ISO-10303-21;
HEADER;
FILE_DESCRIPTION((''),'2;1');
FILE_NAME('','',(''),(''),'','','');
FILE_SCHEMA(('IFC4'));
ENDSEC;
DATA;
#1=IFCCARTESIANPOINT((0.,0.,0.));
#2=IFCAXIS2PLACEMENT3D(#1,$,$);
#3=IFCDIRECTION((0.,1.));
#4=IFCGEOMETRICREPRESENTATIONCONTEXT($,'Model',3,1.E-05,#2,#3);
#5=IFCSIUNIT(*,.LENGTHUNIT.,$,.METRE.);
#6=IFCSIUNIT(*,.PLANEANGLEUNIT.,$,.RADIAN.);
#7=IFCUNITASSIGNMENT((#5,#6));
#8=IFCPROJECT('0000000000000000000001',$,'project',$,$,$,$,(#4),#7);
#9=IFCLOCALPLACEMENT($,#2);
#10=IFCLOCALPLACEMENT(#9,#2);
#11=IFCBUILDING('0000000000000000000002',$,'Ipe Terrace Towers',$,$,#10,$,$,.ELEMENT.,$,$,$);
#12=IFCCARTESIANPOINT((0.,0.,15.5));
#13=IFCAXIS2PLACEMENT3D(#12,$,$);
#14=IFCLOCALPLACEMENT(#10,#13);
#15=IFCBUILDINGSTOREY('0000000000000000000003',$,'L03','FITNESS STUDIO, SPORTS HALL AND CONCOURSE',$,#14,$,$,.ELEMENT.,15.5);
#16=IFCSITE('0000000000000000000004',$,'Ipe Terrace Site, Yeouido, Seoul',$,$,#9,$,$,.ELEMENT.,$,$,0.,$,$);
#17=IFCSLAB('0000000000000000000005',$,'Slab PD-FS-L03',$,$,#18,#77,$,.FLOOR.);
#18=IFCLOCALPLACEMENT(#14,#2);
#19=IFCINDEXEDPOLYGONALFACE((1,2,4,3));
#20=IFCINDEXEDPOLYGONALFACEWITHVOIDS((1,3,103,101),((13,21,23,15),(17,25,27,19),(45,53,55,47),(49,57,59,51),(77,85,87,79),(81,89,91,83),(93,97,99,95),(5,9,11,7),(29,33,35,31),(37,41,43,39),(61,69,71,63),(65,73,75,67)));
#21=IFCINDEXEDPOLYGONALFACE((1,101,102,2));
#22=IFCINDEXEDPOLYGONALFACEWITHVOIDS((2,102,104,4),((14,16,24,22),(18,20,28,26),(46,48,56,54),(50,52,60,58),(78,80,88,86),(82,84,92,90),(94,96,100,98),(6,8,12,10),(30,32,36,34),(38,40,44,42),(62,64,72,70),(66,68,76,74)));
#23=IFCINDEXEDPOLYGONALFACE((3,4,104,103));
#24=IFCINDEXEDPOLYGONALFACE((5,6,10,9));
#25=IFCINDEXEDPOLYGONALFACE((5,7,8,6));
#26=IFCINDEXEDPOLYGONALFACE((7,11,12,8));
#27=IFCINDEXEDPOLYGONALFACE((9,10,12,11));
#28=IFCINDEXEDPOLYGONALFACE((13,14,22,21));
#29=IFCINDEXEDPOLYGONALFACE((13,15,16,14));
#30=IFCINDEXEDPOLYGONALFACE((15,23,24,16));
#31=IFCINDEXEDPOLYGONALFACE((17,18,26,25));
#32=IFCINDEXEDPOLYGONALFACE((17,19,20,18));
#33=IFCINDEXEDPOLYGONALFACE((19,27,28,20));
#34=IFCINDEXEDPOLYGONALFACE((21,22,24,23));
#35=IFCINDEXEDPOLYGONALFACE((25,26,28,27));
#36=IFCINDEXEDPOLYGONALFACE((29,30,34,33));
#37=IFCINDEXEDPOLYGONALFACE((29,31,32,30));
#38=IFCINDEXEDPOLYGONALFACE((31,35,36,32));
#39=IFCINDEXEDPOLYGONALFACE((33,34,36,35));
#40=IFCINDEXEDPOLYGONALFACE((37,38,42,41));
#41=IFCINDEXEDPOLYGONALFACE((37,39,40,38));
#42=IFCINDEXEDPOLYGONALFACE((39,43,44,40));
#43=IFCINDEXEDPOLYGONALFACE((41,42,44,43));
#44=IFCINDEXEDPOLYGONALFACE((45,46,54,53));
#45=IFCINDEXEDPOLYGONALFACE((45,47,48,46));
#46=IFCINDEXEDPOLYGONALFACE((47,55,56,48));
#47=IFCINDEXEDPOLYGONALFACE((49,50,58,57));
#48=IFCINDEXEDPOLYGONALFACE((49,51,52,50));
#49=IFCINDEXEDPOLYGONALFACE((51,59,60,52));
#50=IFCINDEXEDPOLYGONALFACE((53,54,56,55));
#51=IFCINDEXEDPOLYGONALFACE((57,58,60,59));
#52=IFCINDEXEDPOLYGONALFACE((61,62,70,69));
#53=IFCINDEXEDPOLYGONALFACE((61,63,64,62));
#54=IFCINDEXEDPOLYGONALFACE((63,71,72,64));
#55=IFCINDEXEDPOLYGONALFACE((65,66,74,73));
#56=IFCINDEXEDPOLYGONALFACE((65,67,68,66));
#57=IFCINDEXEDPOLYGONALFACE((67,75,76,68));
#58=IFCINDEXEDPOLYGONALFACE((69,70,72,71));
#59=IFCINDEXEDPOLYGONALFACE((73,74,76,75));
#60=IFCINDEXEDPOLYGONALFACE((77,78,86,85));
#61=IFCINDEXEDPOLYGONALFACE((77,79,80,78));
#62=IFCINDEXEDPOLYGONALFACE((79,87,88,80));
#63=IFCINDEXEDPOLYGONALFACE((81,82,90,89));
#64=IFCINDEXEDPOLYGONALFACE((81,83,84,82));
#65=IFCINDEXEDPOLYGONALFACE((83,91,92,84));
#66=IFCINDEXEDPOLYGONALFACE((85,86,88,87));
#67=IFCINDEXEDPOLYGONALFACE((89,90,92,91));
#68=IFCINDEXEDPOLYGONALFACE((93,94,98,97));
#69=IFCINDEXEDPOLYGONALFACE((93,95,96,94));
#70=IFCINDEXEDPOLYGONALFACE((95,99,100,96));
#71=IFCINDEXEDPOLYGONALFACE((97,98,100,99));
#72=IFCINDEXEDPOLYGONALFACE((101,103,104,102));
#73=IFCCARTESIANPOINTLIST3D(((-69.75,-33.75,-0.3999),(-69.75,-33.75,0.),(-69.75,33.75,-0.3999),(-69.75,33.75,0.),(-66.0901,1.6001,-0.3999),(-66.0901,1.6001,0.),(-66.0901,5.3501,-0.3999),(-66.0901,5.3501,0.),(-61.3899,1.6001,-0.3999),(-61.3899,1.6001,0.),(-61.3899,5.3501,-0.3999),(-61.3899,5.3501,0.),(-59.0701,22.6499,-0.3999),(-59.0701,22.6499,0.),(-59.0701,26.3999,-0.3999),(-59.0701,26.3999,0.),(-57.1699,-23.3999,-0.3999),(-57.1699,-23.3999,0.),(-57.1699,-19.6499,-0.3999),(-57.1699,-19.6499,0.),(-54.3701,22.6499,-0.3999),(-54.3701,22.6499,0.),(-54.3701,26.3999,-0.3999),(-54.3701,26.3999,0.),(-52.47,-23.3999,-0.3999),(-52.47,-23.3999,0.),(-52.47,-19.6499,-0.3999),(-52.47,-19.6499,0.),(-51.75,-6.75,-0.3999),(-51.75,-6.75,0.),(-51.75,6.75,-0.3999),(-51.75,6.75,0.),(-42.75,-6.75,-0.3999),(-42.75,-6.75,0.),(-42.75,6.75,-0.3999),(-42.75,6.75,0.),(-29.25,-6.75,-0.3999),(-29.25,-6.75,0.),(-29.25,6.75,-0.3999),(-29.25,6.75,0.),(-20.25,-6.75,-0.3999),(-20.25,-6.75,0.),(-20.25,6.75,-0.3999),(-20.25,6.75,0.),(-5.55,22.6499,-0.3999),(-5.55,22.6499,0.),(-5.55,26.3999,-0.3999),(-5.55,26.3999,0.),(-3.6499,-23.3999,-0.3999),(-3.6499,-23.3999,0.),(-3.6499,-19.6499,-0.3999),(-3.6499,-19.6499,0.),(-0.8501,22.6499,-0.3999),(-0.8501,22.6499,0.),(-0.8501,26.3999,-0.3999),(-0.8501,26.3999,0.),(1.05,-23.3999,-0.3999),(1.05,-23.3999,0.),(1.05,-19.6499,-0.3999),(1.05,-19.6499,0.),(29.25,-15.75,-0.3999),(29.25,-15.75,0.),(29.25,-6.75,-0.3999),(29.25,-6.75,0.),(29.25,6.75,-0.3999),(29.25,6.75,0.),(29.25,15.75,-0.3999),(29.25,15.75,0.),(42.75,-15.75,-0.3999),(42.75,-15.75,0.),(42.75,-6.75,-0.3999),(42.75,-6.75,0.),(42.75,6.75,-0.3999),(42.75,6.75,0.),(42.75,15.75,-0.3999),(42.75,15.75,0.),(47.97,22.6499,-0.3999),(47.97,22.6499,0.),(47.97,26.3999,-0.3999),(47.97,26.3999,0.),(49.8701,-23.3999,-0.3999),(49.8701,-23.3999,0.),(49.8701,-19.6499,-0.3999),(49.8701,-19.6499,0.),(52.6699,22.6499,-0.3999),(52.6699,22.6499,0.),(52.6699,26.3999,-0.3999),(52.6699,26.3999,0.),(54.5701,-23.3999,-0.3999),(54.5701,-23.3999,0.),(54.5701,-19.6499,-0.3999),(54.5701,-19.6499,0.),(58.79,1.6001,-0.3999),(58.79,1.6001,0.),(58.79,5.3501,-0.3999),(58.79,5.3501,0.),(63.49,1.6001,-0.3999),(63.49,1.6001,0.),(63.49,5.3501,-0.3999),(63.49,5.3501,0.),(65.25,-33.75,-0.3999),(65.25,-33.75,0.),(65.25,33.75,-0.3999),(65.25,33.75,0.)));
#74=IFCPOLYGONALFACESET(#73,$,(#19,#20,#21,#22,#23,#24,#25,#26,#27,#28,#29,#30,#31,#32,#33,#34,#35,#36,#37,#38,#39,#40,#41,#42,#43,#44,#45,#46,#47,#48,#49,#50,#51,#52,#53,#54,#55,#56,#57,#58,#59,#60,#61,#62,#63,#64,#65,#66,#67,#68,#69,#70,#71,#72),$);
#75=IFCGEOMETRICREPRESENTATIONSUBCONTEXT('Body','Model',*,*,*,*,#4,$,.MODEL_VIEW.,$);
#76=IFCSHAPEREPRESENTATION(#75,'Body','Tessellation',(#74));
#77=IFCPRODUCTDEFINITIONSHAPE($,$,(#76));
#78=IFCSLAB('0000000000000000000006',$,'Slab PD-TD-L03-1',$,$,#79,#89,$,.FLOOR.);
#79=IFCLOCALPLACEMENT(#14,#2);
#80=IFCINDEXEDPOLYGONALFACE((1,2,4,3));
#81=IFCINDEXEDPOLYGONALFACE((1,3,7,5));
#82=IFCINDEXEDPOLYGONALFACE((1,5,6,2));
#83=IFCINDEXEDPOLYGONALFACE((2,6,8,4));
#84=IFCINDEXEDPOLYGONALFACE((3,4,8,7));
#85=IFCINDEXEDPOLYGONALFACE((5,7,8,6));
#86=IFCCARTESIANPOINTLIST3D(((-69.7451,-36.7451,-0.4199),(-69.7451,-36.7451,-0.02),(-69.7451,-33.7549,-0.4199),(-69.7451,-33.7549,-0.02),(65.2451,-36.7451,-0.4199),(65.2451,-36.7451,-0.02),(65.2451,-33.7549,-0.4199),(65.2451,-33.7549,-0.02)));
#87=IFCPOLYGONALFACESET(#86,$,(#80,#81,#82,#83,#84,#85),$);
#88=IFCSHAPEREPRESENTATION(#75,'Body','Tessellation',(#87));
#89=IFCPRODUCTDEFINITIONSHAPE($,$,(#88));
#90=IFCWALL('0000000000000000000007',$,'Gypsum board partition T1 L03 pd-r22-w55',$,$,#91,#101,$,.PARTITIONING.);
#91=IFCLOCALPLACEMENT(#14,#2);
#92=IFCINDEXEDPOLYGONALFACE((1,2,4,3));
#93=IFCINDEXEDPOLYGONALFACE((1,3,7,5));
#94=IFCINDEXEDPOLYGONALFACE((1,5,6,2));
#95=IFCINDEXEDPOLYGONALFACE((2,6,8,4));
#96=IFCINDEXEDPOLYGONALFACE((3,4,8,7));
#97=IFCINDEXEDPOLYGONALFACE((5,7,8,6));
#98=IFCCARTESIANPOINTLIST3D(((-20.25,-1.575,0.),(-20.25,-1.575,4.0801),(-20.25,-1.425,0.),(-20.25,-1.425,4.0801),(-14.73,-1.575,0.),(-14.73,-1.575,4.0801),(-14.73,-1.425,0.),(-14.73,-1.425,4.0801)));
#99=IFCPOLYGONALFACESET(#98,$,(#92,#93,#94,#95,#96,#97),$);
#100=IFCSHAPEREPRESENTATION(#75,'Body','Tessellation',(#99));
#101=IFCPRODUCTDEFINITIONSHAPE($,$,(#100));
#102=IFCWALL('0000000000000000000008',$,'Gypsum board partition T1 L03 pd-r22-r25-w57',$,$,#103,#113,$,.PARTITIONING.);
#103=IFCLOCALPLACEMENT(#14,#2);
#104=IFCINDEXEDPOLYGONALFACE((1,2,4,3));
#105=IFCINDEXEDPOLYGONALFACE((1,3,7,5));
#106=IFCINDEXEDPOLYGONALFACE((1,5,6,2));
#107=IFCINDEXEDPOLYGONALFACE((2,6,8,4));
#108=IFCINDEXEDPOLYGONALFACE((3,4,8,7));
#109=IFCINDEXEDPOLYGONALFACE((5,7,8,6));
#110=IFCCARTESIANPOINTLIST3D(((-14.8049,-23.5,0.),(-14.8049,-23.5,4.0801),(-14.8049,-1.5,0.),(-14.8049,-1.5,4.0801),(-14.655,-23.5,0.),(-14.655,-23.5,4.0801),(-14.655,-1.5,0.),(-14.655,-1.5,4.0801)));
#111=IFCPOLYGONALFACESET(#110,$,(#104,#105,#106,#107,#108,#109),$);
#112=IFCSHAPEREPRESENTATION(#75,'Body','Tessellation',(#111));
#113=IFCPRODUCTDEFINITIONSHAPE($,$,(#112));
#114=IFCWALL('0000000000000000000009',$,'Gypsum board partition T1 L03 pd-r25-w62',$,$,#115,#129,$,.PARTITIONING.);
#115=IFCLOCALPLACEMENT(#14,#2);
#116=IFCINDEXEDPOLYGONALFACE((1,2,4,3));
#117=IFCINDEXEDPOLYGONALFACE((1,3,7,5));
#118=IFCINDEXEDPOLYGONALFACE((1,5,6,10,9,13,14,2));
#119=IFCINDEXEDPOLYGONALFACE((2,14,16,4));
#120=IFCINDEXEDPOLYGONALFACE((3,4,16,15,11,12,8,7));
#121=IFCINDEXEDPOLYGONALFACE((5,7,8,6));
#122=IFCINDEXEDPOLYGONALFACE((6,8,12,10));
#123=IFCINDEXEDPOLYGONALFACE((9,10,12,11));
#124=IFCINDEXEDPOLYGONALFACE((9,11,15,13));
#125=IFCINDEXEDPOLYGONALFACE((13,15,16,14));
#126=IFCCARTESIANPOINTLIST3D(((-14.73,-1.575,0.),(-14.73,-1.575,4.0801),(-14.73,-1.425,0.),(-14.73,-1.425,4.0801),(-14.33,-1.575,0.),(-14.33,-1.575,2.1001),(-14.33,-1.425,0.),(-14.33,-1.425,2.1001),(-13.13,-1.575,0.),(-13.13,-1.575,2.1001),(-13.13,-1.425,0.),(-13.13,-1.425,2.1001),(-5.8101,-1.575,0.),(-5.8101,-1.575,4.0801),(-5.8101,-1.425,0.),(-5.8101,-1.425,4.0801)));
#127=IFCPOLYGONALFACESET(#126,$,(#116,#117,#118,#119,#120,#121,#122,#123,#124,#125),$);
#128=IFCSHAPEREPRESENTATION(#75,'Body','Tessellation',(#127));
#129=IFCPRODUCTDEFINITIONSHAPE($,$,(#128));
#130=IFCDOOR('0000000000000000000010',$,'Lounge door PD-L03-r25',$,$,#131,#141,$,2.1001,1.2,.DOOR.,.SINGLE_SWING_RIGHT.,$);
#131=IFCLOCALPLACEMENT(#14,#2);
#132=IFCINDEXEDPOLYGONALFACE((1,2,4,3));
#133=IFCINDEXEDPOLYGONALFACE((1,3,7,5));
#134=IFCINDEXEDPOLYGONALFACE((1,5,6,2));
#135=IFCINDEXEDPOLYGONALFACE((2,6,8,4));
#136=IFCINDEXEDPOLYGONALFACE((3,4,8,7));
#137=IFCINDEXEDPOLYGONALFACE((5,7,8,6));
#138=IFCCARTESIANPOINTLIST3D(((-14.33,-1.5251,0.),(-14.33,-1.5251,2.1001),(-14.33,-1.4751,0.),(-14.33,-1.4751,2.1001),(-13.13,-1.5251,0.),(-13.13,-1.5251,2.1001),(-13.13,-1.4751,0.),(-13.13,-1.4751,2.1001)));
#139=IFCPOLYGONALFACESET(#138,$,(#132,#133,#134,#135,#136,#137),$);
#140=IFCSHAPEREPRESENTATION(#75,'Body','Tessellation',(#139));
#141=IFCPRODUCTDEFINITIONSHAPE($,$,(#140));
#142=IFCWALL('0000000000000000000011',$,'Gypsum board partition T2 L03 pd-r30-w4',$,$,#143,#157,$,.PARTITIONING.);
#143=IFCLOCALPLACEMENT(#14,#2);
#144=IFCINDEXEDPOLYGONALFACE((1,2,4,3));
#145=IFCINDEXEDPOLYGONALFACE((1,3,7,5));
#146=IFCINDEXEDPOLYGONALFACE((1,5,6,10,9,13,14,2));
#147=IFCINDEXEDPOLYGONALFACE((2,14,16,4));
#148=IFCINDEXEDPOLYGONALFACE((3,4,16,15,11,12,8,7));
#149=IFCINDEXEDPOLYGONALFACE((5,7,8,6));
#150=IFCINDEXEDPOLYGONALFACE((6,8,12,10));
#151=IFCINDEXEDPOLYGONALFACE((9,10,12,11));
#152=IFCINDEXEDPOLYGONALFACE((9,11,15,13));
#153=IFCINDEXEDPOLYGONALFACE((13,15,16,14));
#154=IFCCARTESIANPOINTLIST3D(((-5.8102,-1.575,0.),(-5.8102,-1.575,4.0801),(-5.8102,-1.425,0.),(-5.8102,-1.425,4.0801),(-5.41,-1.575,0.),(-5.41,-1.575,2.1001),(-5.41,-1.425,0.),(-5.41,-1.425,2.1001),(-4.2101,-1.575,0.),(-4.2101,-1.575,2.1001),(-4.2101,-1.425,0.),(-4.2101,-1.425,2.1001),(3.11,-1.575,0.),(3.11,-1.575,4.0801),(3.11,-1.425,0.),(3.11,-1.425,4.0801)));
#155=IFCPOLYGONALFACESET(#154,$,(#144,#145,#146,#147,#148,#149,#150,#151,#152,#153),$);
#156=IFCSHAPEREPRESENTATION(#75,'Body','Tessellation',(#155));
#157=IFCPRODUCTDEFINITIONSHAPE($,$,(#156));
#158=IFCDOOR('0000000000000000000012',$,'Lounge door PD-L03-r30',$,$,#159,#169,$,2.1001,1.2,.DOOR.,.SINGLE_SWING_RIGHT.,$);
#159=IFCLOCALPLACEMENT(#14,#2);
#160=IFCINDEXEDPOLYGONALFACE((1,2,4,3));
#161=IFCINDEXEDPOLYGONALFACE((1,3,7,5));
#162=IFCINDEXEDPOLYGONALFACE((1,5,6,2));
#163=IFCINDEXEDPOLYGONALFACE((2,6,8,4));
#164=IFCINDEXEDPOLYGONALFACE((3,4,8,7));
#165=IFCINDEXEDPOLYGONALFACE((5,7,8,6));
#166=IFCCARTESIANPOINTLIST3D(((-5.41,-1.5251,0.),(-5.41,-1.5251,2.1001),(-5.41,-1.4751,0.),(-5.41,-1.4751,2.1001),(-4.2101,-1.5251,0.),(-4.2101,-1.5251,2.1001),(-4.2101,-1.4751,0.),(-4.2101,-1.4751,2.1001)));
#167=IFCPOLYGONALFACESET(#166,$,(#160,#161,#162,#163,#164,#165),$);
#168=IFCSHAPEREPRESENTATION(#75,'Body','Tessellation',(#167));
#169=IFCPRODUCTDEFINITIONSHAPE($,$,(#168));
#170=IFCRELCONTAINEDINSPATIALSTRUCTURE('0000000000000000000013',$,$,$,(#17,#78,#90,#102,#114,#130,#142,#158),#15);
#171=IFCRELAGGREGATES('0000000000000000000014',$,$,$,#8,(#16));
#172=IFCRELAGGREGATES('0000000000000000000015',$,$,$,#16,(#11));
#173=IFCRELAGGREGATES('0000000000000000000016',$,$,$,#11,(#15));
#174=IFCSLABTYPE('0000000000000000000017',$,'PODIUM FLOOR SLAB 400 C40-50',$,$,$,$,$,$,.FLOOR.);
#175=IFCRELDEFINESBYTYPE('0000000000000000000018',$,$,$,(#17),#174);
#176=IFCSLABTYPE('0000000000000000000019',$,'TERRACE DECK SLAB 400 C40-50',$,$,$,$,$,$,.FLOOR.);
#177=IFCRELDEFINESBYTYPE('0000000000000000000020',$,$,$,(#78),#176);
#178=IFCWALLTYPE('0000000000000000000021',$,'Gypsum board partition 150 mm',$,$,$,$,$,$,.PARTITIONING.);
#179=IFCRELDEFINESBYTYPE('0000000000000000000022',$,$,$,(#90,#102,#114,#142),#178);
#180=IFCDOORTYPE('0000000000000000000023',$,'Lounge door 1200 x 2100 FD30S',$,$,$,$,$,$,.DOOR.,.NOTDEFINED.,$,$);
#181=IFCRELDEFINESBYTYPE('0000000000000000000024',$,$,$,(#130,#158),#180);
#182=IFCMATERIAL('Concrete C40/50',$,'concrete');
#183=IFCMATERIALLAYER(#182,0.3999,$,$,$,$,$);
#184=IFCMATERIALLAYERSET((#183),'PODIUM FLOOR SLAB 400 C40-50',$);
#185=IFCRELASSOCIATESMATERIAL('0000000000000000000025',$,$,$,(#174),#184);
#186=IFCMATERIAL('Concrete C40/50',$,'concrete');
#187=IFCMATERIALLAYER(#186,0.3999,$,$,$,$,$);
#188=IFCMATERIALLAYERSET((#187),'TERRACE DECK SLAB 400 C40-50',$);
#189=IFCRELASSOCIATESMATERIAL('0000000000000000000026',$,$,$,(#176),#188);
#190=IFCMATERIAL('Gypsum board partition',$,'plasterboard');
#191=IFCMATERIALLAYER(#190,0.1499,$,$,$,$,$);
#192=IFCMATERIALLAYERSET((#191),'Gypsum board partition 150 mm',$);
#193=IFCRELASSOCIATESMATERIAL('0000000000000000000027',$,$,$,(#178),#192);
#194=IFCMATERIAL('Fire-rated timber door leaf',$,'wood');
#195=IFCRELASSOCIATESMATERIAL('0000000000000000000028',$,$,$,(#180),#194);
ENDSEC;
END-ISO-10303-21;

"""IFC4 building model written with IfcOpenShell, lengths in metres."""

from ifc_helpers import new_model, si_unit, direction, frame, frame_2d, origin, place, context, subcontext, project, spatial, polyline, rectangle, outline, extrude, material, layer, layer_set, type_object, element, fill, save


model = new_model("IFC4")

# Units and contexts
model_context = context("Model", 3, precision=1e-05, world=origin(), true_north=direction((0.0, 1.0)))
body_context = subcontext(model_context, "Body", "Model", "MODEL_VIEW")
ifc_project = project(units=[si_unit("LENGTHUNIT", "METRE"), si_unit("PLANEANGLEUNIT", "RADIAN")], contexts=[model_context])

# Site, building, storey
site_placement = place(None, origin())
site = spatial("IfcSite", under=ifc_project, at=site_placement, Name="Ipe Terrace Site, Yeouido, Seoul", CompositionType="ELEMENT", RefElevation=0.0)
building_placement = place(site_placement, origin())
building = spatial("IfcBuilding", under=site, at=building_placement, Name="Ipe Terrace Towers", CompositionType="ELEMENT")
storey_placement = place(building_placement, frame((0.0, 0.0, 15.5)))
storey = spatial("IfcBuildingStorey", under=building, at=storey_placement, Name="L03", Description="FITNESS STUDIO, SPORTS HALL AND CONCOURSE", CompositionType="ELEMENT", Elevation=15.5)

# Slabs
ifc_material_1 = material(Name="Concrete C40/50", Category="concrete")
ifc_layer_1 = layer(ifc_material_1, 0.3999)
ifc_layer_set_1 = layer_set([ifc_layer_1], Name="PODIUM FLOOR SLAB 400 C40-50")
slab_type_1 = type_object("IfcSlabType", Name="PODIUM FLOOR SLAB 400 C40-50", PredefinedType="FLOOR", material=ifc_layer_set_1)
slab_1_placement = place(storey_placement, frame((0.0, 0.0, -0.3999)))
element("IfcSlab", 1, at=slab_1_placement, inside=storey, type_object=slab_type_1, Name="Slab PD-FS-L03", PredefinedType="FLOOR", context=body_context, shape_type="SweptSolid", body=[
    extrude(outline(polyline([(-69.75, -33.75), (-69.75, 33.75), (65.25, 33.75), (65.25, -33.75), (-69.75, -33.75)]), holes=[polyline([(-20.25, -6.75), (-20.25, 6.75), (-29.25, 6.75), (-29.25, -6.75), (-20.25, -6.75)]), polyline([(-51.75, -6.75), (-42.75, -6.75), (-42.75, 6.75), (-51.75, 6.75), (-51.75, -6.75)]), polyline([(29.25, 15.75), (29.25, 6.75), (42.75, 6.75), (42.75, 15.75), (29.25, 15.75)]), polyline([(42.75, -6.75), (29.25, -6.75), (29.25, -15.75), (42.75, -15.75), (42.75, -6.75)]), polyline([(-52.47, -19.6499), (-57.1699, -19.6499), (-57.1699, -23.3999), (-52.47, -23.3999), (-52.47, -19.6499)]), polyline([(1.05, -19.6499), (-3.6499, -19.6499), (-3.6499, -23.3999), (1.05, -23.3999), (1.05, -19.6499)]), polyline([(54.5701, -19.6499), (49.8701, -19.6499), (49.8701, -23.3999), (54.5701, -23.3999), (54.5701, -19.6499)]), polyline([(-61.3899, 5.3501), (-66.0901, 5.3501), (-66.0901, 1.6001), (-61.3899, 1.6001), (-61.3899, 5.3501)]), polyline([(63.49, 5.3501), (58.79, 5.3501), (58.79, 1.6001), (63.49, 1.6001), (63.49, 5.3501)]), polyline([(-59.0701, 22.6499), (-54.3701, 22.6499), (-54.3701, 26.3999), (-59.0701, 26.3999), (-59.0701, 22.6499)]), polyline([(-5.55, 22.6499), (-0.8501, 22.6499), (-0.8501, 26.3999), (-5.55, 26.3999), (-5.55, 22.6499)]), polyline([(47.97, 22.6499), (52.6699, 22.6499), (52.6699, 26.3999), (47.97, 26.3999), (47.97, 22.6499)])]), origin(), (0.0, 0.0, 1.0), 0.3999),
])
ifc_material_2 = material(Name="Concrete C40/50", Category="concrete")
ifc_layer_2 = layer(ifc_material_2, 0.3999)
ifc_layer_set_2 = layer_set([ifc_layer_2], Name="TERRACE DECK SLAB 400 C40-50")
slab_type_2 = type_object("IfcSlabType", Name="TERRACE DECK SLAB 400 C40-50", PredefinedType="FLOOR", material=ifc_layer_set_2)
slab_2_placement = place(storey_placement, frame((0.0, 0.0, -0.4199)))
element("IfcSlab", 2, at=slab_2_placement, inside=storey, type_object=slab_type_2, Name="Slab PD-TD-L03-1", PredefinedType="FLOOR", context=body_context, shape_type="SweptSolid", body=[
    extrude(outline(polyline([(65.2451, -36.7451), (-69.7451, -36.7451), (-69.7451, -33.7549), (65.2451, -33.7549), (65.2451, -36.7451)])), origin(), (0.0, 0.0, 1.0), 0.3999),
])

# Walls
ifc_material_3 = material(Name="Gypsum board partition", Category="plasterboard")
ifc_layer_3 = layer(ifc_material_3, 0.1499)
ifc_layer_set_3 = layer_set([ifc_layer_3], Name="Gypsum board partition 150 mm")
wall_type_1 = type_object("IfcWallType", Name="Gypsum board partition 150 mm", PredefinedType="PARTITIONING", material=ifc_layer_set_3)
wall_1_placement = place(storey_placement, frame((-20.25, -1.5, 0.0), z_axis=(0.0, 0.0, 1.0), x_axis=(1.0, 0.0, 0.0)))
element("IfcWall", 3, at=wall_1_placement, inside=storey, type_object=wall_type_1, Name="Gypsum board partition T1 L03 pd-r22-w55", PredefinedType="PARTITIONING", context=body_context, shape_type="SweptSolid", body=[
    extrude(rectangle(XDim=5.52, YDim=0.1499, at=frame_2d((2.76, 0.0))), origin(), (0.0, 0.0, 1.0), 4.0801),
])
wall_2_placement = place(storey_placement, frame((-14.73, -1.5, 0.0), z_axis=(0.0, 0.0, 1.0), x_axis=(0.0, -1.0, 0.0)))
element("IfcWall", 4, at=wall_2_placement, inside=storey, type_object=wall_type_1, Name="Gypsum board partition T1 L03 pd-r22-r25-w57", PredefinedType="PARTITIONING", context=body_context, shape_type="SweptSolid", body=[
    extrude(rectangle(XDim=22.0, YDim=0.1499, at=frame_2d((11.0, 0.0))), origin(), (0.0, 0.0, 1.0), 4.0801),
])

# Walls, openings, doors
wall_3_placement = place(storey_placement, frame((-14.73, -1.5, 0.0), z_axis=(0.0, 0.0, 1.0), x_axis=(1.0, 0.0, 0.0)))
wall_3 = element("IfcWall", 5, at=wall_3_placement, inside=storey, type_object=wall_type_1, Name="Gypsum board partition T1 L03 pd-r25-w62", PredefinedType="PARTITIONING", context=body_context, shape_type="SweptSolid", body=[
    extrude(rectangle(XDim=8.9199, YDim=0.1499, at=frame_2d((4.46, 0.0))), origin(), (0.0, 0.0, 1.0), 4.0801),
])
opening_1_placement = place(wall_3_placement, frame((0.3999, 0.0, 0.0)))
opening_1 = element("IfcOpeningElement", 6, at=opening_1_placement, cuts=wall_3, PredefinedType="OPENING", context=body_context, shape_type="SweptSolid", body=[
    extrude(rectangle(XDim=1.2, YDim=2.1001, at=frame_2d((0.6001, 1.05))), frame((0.0, 0.085, 0.0), z_axis=(0.0, -1.0, 0.0), x_axis=(1.0, 0.0, 0.0)), (0.0, 0.0, 1.0), 0.1699),
])
ifc_material_4 = material(Name="Fire-rated timber door leaf", Category="wood")
door_type_1 = type_object("IfcDoorType", Name="Lounge door 1200 x 2100 FD30S", OperationType="NOTDEFINED", PredefinedType="DOOR", material=ifc_material_4)
door_1_placement = place(opening_1_placement, origin())
door_1 = element("IfcDoor", 7, at=door_1_placement, inside=storey, type_object=door_type_1, Name="Lounge door PD-L03-r25", OperationType="SINGLE_SWING_RIGHT", OverallHeight=2.1001, OverallWidth=1.2, PredefinedType="DOOR", context=body_context, shape_type="SweptSolid", body=[
    extrude(rectangle(XDim=1.2, YDim=2.1001, at=frame_2d((0.6001, 1.05))), frame((0.0, 0.0249, 0.0), z_axis=(0.0, -1.0, 0.0), x_axis=(1.0, 0.0, 0.0)), (0.0, 0.0, 1.0), 0.05),
])
fill(opening_1, door_1)
wall_4_placement = place(storey_placement, frame((-5.8101, -1.5, 0.0), z_axis=(0.0, 0.0, 1.0), x_axis=(1.0, 0.0, 0.0)))
wall_4 = element("IfcWall", 8, at=wall_4_placement, inside=storey, type_object=wall_type_1, Name="Gypsum board partition T2 L03 pd-r30-w4", PredefinedType="PARTITIONING", context=body_context, shape_type="SweptSolid", body=[
    extrude(rectangle(XDim=8.9202, YDim=0.1499, at=frame_2d((4.46, 0.0))), origin(), (0.0, 0.0, 1.0), 4.0801),
])
opening_2_placement = place(wall_4_placement, frame((0.3999, 0.0, 0.0)))
opening_2 = element("IfcOpeningElement", 9, at=opening_2_placement, cuts=wall_4, PredefinedType="OPENING", context=body_context, shape_type="SweptSolid", body=[
    extrude(rectangle(XDim=1.2, YDim=2.1001, at=frame_2d((0.6001, 1.05))), frame((0.0, 0.085, 0.0), z_axis=(0.0, -1.0, 0.0), x_axis=(1.0, 0.0, 0.0)), (0.0, 0.0, 1.0), 0.1699),
])
door_2_placement = place(opening_2_placement, origin())
door_2 = element("IfcDoor", 10, at=door_2_placement, inside=storey, type_object=door_type_1, Name="Lounge door PD-L03-r30", OperationType="SINGLE_SWING_RIGHT", OverallHeight=2.1001, OverallWidth=1.2, PredefinedType="DOOR", context=body_context, shape_type="SweptSolid", body=[
    extrude(rectangle(XDim=1.2, YDim=2.1001, at=frame_2d((0.6001, 1.05))), frame((0.0, 0.0249, 0.0), z_axis=(0.0, -1.0, 0.0), x_axis=(1.0, 0.0, 0.0)), (0.0, 0.0, 1.0), 0.05),
])
fill(opening_2, door_2)

save(model, "model.ifc")
